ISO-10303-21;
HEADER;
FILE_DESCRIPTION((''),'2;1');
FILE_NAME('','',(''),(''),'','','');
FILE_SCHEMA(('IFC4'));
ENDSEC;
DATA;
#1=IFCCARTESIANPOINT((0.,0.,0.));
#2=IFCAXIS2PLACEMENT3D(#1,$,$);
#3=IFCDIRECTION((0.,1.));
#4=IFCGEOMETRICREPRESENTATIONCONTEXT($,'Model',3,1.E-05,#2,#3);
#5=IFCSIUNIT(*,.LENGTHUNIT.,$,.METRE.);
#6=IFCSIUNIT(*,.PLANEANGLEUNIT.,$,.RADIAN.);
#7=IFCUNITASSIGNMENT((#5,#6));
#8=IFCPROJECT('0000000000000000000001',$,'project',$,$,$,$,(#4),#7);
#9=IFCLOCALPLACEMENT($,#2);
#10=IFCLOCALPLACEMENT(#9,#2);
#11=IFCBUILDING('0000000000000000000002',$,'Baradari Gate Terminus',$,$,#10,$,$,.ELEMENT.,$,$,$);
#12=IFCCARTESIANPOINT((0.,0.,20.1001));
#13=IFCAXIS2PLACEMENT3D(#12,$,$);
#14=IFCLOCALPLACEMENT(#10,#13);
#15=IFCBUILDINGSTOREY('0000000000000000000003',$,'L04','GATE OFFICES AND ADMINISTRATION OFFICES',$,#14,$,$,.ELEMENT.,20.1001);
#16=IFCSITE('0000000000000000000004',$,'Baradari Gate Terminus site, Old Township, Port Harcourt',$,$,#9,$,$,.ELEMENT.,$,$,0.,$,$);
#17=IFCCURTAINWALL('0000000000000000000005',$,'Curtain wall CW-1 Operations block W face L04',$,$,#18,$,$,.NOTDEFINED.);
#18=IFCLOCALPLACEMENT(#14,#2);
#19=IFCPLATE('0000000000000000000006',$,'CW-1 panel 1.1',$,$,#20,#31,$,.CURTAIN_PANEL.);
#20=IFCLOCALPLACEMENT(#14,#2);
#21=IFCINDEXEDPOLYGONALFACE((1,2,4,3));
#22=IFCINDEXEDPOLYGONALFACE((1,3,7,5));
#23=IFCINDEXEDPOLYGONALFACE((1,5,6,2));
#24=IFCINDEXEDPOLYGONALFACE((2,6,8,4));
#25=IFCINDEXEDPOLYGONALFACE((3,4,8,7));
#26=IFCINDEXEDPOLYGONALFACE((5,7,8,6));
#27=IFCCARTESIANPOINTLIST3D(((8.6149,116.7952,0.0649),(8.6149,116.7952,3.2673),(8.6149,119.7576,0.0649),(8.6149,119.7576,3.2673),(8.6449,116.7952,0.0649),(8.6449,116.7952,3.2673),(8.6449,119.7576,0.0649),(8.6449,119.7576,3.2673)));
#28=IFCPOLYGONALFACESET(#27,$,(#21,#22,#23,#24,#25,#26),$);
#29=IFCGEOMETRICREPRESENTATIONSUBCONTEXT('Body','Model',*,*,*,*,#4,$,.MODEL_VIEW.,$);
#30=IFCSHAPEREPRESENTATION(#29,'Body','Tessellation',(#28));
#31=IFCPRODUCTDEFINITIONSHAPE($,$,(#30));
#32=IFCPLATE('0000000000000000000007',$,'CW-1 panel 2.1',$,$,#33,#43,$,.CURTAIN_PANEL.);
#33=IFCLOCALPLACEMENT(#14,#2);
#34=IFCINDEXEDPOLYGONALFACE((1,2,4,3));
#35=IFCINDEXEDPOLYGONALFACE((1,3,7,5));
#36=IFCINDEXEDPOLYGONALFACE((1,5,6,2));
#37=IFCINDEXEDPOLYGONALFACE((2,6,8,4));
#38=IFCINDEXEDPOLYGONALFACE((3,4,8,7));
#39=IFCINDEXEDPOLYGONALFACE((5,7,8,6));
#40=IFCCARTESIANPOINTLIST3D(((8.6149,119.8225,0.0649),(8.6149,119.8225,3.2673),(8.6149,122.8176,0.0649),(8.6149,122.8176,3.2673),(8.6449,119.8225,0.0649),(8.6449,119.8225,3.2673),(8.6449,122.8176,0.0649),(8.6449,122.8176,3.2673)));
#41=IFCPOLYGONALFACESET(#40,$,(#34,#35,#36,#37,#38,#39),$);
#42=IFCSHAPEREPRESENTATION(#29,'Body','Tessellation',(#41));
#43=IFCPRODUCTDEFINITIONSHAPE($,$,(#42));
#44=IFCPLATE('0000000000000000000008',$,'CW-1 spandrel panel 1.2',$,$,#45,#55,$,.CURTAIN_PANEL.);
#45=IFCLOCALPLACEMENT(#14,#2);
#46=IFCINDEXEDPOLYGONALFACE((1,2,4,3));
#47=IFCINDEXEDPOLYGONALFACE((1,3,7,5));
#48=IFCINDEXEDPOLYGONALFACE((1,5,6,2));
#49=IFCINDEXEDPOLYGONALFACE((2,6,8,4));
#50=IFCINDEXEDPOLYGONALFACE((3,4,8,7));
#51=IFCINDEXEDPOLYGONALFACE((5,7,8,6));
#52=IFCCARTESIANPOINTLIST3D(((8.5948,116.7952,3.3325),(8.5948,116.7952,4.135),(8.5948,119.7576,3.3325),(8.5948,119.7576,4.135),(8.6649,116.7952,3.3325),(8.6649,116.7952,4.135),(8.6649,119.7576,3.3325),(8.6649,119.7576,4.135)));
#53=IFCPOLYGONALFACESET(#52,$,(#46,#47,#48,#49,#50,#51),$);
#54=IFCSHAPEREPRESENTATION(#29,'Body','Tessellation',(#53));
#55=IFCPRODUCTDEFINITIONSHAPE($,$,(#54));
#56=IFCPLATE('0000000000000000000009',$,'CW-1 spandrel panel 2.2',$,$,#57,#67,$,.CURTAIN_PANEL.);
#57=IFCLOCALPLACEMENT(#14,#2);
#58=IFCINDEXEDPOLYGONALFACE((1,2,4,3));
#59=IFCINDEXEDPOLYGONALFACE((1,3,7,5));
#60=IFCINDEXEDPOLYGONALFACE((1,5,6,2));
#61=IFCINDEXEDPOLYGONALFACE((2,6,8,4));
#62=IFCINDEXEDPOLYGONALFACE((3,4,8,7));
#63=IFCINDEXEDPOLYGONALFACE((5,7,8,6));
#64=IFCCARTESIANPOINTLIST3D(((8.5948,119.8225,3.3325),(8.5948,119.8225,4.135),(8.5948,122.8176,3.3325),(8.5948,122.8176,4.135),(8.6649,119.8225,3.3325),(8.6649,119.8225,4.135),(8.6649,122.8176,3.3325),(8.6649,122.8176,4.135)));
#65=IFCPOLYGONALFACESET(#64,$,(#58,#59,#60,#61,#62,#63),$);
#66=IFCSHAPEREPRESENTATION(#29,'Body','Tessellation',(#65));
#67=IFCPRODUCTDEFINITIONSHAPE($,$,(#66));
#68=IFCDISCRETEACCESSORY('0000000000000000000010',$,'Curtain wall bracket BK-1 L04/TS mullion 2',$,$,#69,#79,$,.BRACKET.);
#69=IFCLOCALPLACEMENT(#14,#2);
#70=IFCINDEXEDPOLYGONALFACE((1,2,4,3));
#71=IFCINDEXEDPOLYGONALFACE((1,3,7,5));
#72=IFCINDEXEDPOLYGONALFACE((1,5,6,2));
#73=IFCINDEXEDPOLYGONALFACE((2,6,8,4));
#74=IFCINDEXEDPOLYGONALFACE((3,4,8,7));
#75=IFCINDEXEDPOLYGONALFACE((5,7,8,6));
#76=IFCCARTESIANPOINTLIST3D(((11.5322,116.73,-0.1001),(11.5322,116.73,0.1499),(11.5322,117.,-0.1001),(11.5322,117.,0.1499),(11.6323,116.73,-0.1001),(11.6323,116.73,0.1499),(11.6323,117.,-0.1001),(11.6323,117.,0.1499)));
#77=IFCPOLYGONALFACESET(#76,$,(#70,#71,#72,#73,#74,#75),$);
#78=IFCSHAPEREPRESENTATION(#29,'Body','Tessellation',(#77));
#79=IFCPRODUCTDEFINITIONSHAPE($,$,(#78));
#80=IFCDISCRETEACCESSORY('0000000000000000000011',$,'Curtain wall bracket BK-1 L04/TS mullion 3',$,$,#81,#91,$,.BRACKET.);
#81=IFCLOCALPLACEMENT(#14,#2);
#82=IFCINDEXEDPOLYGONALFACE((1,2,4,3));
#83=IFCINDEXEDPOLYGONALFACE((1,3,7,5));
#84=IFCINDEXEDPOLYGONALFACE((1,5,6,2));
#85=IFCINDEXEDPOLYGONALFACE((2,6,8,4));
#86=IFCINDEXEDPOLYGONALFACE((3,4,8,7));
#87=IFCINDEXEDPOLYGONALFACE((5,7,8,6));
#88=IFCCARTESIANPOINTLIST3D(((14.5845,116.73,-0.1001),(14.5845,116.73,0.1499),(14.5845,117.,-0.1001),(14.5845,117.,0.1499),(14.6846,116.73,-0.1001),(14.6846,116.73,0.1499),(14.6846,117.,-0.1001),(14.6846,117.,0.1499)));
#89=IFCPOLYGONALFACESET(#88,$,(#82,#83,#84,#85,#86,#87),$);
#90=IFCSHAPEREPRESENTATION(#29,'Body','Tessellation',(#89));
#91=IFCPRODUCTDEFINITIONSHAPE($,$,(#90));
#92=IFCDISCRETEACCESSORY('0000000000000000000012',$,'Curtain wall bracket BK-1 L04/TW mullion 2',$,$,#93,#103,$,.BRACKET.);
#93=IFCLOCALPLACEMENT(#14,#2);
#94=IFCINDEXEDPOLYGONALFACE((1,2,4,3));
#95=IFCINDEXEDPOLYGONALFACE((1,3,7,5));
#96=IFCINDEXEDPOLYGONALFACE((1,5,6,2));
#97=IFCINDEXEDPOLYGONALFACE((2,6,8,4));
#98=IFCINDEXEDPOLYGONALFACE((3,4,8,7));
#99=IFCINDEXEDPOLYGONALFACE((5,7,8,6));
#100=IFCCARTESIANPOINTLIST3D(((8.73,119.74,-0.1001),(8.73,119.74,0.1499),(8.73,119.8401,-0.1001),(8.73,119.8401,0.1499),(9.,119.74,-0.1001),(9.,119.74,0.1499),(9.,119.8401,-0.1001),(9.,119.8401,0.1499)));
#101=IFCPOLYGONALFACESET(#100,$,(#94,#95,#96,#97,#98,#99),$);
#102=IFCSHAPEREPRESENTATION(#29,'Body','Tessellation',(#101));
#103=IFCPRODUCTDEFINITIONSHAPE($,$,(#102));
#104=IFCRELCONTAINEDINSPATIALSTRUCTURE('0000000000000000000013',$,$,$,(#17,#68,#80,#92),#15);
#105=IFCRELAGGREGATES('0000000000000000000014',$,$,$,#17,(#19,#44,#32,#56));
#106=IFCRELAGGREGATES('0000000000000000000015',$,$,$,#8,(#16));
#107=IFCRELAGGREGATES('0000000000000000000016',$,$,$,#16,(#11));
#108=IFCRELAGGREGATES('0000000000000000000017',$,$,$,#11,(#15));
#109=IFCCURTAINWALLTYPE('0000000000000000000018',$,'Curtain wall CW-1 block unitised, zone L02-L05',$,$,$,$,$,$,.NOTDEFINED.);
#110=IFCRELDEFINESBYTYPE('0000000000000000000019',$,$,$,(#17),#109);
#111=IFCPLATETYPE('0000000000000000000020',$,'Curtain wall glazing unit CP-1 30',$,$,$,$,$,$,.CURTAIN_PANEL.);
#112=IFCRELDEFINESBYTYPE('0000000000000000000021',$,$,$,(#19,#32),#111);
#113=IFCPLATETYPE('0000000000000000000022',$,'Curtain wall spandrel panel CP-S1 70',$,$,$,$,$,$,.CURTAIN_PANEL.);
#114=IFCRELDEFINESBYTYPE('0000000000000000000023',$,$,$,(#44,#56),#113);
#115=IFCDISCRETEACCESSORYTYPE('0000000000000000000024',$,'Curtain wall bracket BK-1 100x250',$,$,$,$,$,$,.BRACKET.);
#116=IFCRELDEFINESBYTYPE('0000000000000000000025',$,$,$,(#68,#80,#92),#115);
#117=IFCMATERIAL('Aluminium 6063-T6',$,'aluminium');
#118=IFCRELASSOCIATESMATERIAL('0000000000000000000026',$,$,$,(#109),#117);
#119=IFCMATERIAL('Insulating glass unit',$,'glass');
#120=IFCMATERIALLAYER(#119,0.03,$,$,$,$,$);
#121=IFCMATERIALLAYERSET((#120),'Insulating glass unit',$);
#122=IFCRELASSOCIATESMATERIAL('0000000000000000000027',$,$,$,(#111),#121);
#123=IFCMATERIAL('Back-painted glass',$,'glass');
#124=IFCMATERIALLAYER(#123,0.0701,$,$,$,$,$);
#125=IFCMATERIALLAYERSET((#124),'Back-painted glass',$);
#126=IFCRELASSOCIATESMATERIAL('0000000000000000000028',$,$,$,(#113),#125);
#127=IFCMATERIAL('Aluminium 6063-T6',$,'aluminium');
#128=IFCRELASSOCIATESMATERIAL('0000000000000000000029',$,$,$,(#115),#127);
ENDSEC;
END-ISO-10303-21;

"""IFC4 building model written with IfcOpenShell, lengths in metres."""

from ifc_helpers import new_model, si_unit, direction, frame, origin, origin_2d, place, context, subcontext, project, spatial, rectangle, extrude, material, layer, layer_set, type_object, element, aggregate, save


model = new_model("IFC4")

# Units and contexts
model_context = context("Model", 3, precision=1e-05, world=origin(), true_north=direction((0.0, 1.0)))
body_context = subcontext(model_context, "Body", "Model", "MODEL_VIEW")
ifc_project = project(units=[si_unit("LENGTHUNIT", "METRE"), si_unit("PLANEANGLEUNIT", "RADIAN")], contexts=[model_context])

# Site, building, storey
site_placement = place(None, origin())
site = spatial("IfcSite", under=ifc_project, at=site_placement, Name="Baradari Gate Terminus site, Old Township, Port Harcourt", CompositionType="ELEMENT", RefElevation=0.0)
building_placement = place(site_placement, origin())
building = spatial("IfcBuilding", under=site, at=building_placement, Name="Baradari Gate Terminus", CompositionType="ELEMENT")
storey_placement = place(building_placement, frame((0.0, 0.0, 20.1001)))
storey = spatial("IfcBuildingStorey", under=building, at=storey_placement, Name="L04", Description="GATE OFFICES AND ADMINISTRATION OFFICES", CompositionType="ELEMENT", Elevation=20.1001)

# Curtain wall
ifc_material_1 = material(Name="Aluminium 6063-T6", Category="aluminium")
curtain_wall_type = type_object("IfcCurtainWallType", Name="Curtain wall CW-1 block unitised, zone L02-L05", PredefinedType="NOTDEFINED", material=ifc_material_1)
curtain_wall_placement = place(storey_placement, origin())
curtain_wall = element("IfcCurtainWall", 1, at=curtain_wall_placement, inside=storey, type_object=curtain_wall_type, Name="Curtain wall CW-1 Operations block W face L04", PredefinedType="NOTDEFINED")

# Plates
ifc_material_2 = material(Name="Insulating glass unit", Category="glass")
ifc_layer_1 = layer(ifc_material_2, 0.03)
ifc_layer_set_1 = layer_set([ifc_layer_1], Name="Insulating glass unit")
plate_type_1 = type_object("IfcPlateType", Name="Curtain wall glazing unit CP-1 30", PredefinedType="CURTAIN_PANEL", material=ifc_layer_set_1)
plate_1_placement = place(storey_placement, frame((8.6299, 118.2764, 0.0649), z_axis=(0.0, 0.0, 1.0), x_axis=(0.0, 1.0, 0.0)))
plate_1 = element("IfcPlate", 2, at=plate_1_placement, type_object=plate_type_1, Name="CW-1 panel 1.1", PredefinedType="CURTAIN_PANEL", context=body_context, shape_type="SweptSolid", body=[
    extrude(rectangle(XDim=2.9624, YDim=0.03, at=origin_2d()), origin(), (0.0, 0.0, 1.0), 3.2024),
])
plate_2_placement = place(storey_placement, frame((8.6299, 121.3201, 0.0649), z_axis=(0.0, 0.0, 1.0), x_axis=(0.0, 1.0, 0.0)))
plate_2 = element("IfcPlate", 3, at=plate_2_placement, type_object=plate_type_1, Name="CW-1 panel 2.1", PredefinedType="CURTAIN_PANEL", context=body_context, shape_type="SweptSolid", body=[
    extrude(rectangle(XDim=2.9951, YDim=0.03, at=origin_2d()), origin(), (0.0, 0.0, 1.0), 3.2024),
])
ifc_material_3 = material(Name="Back-painted glass", Category="glass")
ifc_layer_2 = layer(ifc_material_3, 0.0701)
ifc_layer_set_2 = layer_set([ifc_layer_2], Name="Back-painted glass")
plate_type_2 = type_object("IfcPlateType", Name="Curtain wall spandrel panel CP-S1 70", PredefinedType="CURTAIN_PANEL", material=ifc_layer_set_2)
plate_3_placement = place(storey_placement, frame((8.6299, 118.2764, 3.3325), z_axis=(0.0, 0.0, 1.0), x_axis=(0.0, 1.0, 0.0)))
plate_3 = element("IfcPlate", 4, at=plate_3_placement, type_object=plate_type_2, Name="CW-1 spandrel panel 1.2", PredefinedType="CURTAIN_PANEL", context=body_context, shape_type="SweptSolid", body=[
    extrude(rectangle(XDim=2.9624, YDim=0.0701, at=origin_2d()), origin(), (0.0, 0.0, 1.0), 0.8025),
])
plate_4_placement = place(storey_placement, frame((8.6299, 121.3201, 3.3325), z_axis=(0.0, 0.0, 1.0), x_axis=(0.0, 1.0, 0.0)))
plate_4 = element("IfcPlate", 5, at=plate_4_placement, type_object=plate_type_2, Name="CW-1 spandrel panel 2.2", PredefinedType="CURTAIN_PANEL", context=body_context, shape_type="SweptSolid", body=[
    extrude(rectangle(XDim=2.9951, YDim=0.0701, at=origin_2d()), origin(), (0.0, 0.0, 1.0), 0.8025),
])
aggregate(curtain_wall, [plate_1, plate_3, plate_2, plate_4])

# Discrete accessories
ifc_material_4 = material(Name="Aluminium 6063-T6", Category="aluminium")
discrete_accessory_type = type_object("IfcDiscreteAccessoryType", Name="Curtain wall bracket BK-1 100x250", PredefinedType="BRACKET", material=ifc_material_4)
for number, where, z_axis, x_axis, name in (
    (6, (11.5823, 116.865, -0.1001), (0.0, 0.0, 1.0), (0.0, -1.0, 0.0), "Curtain wall bracket BK-1 L04/TS mullion 2"),
    (7, (14.6345, 116.865, -0.1001), (0.0, 0.0, 1.0), (0.0, -1.0, 0.0), "Curtain wall bracket BK-1 L04/TS mullion 3"),
    (8, (8.865, 119.79, -0.1001), (0.0, 0.0, 1.0), (-1.0, 0.0, 0.0), "Curtain wall bracket BK-1 L04/TW mullion 2"),
):
    element("IfcDiscreteAccessory", number, at=place(storey_placement, frame(where, z_axis=z_axis, x_axis=x_axis)), inside=storey, type_object=discrete_accessory_type, Name=name, PredefinedType="BRACKET", context=body_context, shape_type="SweptSolid", body=[
        extrude(rectangle(XDim=0.27, YDim=0.1001, at=origin_2d()), origin(), (0.0, 0.0, 1.0), 0.25),
    ])

save(model, "model.ifc")
